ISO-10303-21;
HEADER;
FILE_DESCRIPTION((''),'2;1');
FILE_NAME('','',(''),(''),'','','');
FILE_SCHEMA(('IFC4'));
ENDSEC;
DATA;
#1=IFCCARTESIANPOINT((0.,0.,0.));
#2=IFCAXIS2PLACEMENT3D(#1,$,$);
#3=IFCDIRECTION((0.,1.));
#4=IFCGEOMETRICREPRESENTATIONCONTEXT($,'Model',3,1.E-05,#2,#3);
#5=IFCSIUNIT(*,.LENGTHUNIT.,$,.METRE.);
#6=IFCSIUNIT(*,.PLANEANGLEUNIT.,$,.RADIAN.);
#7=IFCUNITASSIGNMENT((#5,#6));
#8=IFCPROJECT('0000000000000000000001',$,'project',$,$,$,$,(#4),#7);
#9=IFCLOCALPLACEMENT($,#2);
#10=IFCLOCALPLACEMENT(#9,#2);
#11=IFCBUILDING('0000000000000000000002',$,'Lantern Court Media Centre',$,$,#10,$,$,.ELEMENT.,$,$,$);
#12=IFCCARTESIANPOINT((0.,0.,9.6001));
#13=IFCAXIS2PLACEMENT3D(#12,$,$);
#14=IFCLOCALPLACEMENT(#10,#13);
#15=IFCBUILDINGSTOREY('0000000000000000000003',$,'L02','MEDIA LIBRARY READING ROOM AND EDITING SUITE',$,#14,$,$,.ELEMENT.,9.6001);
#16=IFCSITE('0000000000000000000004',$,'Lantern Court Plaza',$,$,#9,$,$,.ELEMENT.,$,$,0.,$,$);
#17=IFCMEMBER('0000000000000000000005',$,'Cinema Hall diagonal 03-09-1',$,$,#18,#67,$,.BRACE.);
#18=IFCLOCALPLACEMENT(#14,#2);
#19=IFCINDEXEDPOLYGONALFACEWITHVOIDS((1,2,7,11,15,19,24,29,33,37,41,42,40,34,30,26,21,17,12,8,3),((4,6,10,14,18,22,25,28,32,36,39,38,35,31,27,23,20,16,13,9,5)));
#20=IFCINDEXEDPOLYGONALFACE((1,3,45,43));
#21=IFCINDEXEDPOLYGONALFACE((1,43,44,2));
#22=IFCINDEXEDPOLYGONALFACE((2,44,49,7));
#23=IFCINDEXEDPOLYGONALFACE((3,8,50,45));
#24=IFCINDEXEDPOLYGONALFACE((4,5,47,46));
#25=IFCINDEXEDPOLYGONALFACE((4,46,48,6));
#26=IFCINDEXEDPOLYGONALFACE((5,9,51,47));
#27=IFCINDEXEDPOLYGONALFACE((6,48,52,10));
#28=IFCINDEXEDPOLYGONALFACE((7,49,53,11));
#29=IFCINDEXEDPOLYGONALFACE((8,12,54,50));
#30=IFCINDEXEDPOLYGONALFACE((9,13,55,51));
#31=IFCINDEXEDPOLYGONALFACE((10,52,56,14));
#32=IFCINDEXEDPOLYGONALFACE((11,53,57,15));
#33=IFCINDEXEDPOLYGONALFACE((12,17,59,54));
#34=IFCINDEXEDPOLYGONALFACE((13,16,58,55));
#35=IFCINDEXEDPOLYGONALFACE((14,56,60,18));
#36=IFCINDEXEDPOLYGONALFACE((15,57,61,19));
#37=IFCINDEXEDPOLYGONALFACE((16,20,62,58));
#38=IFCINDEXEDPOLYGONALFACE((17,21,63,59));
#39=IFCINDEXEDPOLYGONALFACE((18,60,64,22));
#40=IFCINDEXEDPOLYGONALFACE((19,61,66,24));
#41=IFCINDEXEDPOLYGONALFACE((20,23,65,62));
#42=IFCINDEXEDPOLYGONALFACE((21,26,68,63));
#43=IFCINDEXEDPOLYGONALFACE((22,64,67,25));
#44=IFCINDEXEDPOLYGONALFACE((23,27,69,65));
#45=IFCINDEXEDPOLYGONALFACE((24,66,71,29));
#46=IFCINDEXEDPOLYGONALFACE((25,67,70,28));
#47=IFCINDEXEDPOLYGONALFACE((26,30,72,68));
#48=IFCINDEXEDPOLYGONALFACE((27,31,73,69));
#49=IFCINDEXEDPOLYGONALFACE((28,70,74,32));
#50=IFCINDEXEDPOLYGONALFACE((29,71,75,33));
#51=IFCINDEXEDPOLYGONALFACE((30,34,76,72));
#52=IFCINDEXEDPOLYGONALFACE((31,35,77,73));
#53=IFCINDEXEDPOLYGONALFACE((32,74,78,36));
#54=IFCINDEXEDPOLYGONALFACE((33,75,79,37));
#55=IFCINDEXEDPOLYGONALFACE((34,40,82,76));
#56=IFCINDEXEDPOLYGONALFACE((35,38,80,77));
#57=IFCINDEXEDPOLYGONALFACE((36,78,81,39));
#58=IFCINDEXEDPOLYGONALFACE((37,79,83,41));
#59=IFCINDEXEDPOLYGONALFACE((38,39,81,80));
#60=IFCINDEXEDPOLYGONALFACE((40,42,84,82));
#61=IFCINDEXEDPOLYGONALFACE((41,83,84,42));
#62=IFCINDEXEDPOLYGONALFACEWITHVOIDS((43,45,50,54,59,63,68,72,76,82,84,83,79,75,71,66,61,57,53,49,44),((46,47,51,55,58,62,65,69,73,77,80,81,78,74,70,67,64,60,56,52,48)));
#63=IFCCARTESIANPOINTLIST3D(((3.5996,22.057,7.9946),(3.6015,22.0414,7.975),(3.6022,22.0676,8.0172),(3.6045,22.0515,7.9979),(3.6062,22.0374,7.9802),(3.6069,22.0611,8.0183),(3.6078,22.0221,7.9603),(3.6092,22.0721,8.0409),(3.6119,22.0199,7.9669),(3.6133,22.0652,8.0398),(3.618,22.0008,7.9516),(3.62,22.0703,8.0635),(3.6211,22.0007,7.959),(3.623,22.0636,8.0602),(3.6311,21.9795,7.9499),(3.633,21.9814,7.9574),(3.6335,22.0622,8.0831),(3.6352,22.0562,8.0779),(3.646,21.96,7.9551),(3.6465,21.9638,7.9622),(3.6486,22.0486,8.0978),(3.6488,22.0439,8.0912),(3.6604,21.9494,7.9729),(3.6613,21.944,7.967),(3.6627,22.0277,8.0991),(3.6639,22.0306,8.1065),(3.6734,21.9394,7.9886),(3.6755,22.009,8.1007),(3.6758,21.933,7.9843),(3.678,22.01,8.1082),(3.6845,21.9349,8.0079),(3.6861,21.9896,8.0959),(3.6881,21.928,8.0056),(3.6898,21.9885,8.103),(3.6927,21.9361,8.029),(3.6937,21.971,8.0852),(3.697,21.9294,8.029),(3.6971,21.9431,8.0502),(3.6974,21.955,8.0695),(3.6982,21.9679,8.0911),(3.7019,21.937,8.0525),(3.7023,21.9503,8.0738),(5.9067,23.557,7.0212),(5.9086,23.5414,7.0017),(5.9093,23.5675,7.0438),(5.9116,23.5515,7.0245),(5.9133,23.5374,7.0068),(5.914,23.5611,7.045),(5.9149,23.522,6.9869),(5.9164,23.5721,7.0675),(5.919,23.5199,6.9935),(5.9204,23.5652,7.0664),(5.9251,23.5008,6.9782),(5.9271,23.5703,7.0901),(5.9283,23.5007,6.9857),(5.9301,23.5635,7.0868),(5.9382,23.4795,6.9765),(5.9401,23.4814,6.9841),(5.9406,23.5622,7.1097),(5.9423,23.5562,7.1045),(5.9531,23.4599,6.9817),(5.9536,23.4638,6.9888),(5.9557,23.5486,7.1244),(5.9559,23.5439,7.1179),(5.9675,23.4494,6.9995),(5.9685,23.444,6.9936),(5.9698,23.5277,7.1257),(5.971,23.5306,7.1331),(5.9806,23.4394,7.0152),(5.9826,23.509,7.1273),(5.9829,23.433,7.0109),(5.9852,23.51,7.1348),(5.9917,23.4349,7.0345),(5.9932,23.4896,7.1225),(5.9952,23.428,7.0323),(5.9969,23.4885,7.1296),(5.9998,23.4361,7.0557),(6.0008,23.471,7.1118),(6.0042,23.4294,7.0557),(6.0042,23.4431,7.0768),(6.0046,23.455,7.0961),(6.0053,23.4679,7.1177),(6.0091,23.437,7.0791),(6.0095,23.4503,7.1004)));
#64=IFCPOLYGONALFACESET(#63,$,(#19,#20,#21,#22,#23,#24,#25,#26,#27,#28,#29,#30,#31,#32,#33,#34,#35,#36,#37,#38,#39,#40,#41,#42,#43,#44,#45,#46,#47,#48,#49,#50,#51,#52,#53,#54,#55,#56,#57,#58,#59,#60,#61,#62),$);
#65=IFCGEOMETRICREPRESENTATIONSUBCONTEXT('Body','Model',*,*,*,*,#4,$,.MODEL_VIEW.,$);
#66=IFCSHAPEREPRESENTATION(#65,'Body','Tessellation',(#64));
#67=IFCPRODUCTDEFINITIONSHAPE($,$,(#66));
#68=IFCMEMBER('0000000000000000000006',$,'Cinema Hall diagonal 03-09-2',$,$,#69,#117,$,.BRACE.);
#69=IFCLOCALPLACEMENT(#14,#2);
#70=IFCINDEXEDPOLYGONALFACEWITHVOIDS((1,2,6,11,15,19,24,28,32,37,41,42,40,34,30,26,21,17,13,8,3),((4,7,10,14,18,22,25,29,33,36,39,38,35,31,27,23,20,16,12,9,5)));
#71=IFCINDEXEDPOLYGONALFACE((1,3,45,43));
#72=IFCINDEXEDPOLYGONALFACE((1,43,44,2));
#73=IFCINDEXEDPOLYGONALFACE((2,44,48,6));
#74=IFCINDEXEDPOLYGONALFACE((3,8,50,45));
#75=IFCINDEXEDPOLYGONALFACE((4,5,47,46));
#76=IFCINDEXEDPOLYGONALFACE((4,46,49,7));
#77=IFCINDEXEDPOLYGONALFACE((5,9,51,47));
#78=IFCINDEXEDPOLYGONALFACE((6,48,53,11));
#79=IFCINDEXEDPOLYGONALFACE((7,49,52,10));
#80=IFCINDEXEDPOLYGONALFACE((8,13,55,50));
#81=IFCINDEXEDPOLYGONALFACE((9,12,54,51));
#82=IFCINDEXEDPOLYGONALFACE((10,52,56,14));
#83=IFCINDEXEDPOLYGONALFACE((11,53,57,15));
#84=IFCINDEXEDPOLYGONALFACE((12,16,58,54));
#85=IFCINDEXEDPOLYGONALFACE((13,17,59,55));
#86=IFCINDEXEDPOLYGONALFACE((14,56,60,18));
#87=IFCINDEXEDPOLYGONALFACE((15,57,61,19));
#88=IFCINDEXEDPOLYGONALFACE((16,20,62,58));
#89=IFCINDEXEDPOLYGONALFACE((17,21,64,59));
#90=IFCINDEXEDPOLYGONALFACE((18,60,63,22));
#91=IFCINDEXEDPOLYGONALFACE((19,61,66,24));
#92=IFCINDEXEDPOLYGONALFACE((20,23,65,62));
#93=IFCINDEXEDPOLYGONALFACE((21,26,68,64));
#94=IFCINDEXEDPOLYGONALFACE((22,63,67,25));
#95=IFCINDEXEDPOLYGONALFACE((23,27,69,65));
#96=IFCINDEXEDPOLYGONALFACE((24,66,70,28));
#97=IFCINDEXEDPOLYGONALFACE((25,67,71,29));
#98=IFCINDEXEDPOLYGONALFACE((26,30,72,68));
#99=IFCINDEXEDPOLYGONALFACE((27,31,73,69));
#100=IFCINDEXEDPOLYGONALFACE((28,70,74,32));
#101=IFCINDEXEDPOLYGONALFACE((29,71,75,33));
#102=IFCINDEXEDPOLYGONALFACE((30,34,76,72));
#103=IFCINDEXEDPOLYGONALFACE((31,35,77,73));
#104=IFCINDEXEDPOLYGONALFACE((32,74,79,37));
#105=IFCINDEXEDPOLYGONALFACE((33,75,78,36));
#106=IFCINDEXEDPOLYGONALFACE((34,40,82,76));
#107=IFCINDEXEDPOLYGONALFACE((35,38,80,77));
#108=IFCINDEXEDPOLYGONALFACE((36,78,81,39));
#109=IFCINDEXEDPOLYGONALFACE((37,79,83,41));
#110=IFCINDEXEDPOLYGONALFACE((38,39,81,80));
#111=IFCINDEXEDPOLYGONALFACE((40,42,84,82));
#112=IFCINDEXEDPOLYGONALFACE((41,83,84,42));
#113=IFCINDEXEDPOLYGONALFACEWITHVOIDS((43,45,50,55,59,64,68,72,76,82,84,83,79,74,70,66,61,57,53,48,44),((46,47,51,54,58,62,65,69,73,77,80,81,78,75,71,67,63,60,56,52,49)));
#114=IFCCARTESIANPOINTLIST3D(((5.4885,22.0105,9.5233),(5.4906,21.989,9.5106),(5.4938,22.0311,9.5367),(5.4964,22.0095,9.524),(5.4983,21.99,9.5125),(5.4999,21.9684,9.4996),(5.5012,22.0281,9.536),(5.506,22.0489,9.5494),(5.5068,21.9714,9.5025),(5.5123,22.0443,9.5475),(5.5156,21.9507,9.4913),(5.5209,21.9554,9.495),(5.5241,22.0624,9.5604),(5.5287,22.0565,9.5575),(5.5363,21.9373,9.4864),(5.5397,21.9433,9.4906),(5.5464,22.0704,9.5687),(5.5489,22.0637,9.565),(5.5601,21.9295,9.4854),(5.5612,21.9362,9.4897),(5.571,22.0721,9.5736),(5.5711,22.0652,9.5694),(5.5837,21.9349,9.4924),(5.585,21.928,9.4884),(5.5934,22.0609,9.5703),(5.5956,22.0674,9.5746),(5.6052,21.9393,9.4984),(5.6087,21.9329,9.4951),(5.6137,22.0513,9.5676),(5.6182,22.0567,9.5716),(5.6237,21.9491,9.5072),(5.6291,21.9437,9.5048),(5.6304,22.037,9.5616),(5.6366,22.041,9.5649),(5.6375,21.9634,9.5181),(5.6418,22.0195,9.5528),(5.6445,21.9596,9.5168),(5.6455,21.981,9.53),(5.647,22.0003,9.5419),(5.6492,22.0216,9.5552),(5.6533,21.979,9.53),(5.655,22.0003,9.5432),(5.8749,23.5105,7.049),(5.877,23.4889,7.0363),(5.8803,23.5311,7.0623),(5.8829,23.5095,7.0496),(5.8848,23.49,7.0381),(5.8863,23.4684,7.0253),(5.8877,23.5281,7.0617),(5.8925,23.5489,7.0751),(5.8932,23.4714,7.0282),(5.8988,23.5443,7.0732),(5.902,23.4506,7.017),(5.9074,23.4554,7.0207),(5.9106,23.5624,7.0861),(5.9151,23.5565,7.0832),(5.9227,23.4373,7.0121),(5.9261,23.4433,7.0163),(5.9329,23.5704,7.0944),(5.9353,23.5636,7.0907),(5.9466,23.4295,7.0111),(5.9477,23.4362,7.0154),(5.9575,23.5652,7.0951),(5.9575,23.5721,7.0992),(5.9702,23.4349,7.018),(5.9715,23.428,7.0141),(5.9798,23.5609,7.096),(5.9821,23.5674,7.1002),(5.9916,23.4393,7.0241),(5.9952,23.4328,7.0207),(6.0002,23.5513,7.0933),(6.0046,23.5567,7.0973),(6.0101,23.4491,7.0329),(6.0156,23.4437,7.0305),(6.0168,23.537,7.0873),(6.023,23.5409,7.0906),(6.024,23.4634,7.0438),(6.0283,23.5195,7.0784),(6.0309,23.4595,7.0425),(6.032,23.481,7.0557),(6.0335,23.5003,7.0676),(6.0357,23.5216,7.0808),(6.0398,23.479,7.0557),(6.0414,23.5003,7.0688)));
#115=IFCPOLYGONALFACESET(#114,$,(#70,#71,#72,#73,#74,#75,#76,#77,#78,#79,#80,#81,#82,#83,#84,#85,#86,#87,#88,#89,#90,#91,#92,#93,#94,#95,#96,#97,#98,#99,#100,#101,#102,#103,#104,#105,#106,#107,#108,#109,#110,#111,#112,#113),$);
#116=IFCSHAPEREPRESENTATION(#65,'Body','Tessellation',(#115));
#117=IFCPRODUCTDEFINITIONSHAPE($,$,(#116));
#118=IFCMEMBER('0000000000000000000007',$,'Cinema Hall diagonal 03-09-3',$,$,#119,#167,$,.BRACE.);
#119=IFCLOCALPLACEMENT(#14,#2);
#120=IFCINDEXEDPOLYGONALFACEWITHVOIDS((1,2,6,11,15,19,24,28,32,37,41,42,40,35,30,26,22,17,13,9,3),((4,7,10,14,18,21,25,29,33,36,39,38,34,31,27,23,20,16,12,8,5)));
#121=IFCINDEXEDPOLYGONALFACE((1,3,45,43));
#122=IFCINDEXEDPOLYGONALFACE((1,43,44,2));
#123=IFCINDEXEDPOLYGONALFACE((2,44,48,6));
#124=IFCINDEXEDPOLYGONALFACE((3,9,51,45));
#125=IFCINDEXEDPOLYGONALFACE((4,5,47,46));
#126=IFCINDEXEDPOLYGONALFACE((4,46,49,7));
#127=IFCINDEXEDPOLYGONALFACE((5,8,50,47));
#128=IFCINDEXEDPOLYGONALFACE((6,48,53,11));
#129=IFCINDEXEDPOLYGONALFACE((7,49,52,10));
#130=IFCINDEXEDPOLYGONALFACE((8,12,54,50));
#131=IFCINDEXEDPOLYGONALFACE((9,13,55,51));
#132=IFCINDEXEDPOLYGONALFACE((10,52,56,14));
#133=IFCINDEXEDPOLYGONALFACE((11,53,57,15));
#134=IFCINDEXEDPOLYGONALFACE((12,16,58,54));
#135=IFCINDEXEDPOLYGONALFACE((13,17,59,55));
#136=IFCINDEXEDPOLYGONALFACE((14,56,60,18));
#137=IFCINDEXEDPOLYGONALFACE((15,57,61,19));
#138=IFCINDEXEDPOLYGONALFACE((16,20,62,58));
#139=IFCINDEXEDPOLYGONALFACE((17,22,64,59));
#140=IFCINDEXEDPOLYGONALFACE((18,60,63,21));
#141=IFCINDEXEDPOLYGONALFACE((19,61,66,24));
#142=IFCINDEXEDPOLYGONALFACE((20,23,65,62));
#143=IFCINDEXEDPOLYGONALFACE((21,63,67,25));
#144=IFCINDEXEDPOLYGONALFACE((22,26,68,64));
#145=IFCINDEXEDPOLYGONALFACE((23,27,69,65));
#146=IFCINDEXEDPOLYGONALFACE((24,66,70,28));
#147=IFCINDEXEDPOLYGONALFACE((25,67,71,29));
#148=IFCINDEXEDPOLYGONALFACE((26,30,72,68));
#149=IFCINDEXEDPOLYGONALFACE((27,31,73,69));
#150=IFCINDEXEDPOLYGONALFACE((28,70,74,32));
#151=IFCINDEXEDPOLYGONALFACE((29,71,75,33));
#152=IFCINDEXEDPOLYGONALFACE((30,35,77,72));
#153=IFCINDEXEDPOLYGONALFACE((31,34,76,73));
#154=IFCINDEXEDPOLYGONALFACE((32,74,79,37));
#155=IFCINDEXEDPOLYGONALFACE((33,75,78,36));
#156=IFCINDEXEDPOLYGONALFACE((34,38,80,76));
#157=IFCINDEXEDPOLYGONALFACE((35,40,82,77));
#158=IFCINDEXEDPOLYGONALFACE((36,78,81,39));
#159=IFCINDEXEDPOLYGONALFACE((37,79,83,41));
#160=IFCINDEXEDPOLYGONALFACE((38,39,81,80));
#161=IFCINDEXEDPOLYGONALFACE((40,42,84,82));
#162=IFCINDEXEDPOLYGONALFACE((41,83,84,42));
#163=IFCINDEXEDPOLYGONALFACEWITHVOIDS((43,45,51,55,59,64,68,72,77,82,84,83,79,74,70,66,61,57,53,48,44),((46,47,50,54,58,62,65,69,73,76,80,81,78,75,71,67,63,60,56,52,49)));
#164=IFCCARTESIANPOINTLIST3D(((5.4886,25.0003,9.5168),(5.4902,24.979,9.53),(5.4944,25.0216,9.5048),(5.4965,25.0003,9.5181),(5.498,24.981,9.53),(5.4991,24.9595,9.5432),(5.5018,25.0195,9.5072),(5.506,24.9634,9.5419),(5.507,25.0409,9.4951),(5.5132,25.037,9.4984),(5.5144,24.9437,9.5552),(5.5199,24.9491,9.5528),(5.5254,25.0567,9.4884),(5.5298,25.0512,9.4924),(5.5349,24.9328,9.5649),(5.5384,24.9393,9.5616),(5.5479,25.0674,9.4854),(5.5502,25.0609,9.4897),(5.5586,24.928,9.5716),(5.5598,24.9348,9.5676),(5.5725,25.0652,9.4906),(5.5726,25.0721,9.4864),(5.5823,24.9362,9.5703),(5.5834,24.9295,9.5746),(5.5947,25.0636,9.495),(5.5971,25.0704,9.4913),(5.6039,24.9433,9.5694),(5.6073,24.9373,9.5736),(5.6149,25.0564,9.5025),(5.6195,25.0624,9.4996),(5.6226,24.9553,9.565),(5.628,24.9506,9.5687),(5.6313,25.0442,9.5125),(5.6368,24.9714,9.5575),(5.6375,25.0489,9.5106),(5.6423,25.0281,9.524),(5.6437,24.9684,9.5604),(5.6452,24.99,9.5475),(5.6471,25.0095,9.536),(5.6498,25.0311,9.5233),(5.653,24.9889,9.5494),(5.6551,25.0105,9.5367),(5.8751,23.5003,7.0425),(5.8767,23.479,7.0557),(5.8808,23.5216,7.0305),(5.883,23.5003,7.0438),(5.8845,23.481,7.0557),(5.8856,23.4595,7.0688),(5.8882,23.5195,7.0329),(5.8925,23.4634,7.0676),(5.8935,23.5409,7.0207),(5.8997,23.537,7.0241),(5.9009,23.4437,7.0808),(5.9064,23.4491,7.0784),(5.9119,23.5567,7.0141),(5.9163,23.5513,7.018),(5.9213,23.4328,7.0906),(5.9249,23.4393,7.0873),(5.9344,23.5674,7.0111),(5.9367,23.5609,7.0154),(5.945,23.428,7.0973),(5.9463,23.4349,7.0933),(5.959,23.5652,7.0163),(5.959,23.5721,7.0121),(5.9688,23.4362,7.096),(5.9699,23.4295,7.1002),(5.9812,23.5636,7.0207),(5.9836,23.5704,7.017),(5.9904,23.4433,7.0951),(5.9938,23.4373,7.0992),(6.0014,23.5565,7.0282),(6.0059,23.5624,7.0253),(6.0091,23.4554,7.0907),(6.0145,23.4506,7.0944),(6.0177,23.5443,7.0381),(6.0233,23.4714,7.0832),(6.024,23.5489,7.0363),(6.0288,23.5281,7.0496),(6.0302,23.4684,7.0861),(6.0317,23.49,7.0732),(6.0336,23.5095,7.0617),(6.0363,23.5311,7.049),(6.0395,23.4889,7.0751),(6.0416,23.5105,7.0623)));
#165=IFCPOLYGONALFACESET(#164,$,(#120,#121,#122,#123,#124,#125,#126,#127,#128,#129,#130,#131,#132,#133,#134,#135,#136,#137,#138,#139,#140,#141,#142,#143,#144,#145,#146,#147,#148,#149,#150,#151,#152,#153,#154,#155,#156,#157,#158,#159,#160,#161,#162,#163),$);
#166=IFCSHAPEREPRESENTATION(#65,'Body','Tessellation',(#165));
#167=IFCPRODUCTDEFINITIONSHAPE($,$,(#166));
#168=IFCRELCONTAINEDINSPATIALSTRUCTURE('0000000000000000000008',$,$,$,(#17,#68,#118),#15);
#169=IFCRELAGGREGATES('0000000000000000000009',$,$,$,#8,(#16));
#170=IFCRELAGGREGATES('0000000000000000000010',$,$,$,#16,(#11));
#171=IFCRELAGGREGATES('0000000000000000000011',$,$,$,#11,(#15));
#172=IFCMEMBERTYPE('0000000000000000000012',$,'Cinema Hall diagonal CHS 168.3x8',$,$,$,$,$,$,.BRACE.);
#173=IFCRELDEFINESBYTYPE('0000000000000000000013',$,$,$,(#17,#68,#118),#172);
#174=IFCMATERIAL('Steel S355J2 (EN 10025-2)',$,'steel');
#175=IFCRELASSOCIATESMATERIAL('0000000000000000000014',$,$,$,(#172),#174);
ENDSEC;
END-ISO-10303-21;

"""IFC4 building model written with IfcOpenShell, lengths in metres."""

from ifc_helpers import new_model, si_unit, direction, frame, origin, origin_2d, place, context, subcontext, project, spatial, hollow_circle, extrude, material, material_profile, profile_set, type_object, element, save


model = new_model("IFC4")

# Units and contexts
model_context = context("Model", 3, precision=1e-05, world=origin(), true_north=direction((0.0, 1.0)))
body_context = subcontext(model_context, "Body", "Model", "MODEL_VIEW")
ifc_project = project(units=[si_unit("LENGTHUNIT", "METRE"), si_unit("PLANEANGLEUNIT", "RADIAN")], contexts=[model_context])

# Site, building, storey
site_placement = place(None, origin())
site = spatial("IfcSite", under=ifc_project, at=site_placement, Name="Lantern Court Plaza", CompositionType="ELEMENT", RefElevation=0.0)
building_placement = place(site_placement, origin())
building = spatial("IfcBuilding", under=site, at=building_placement, Name="Lantern Court Media Centre", CompositionType="ELEMENT")
storey_placement = place(building_placement, frame((0.0, 0.0, 9.6001)))
storey = spatial("IfcBuildingStorey", under=building, at=storey_placement, Name="L02", Description="MEDIA LIBRARY READING ROOM AND EDITING SUITE", CompositionType="ELEMENT", Elevation=9.6001)

# Members
ifc_material = material(Name="Steel S355J2 (EN 10025-2)", Category="steel")
ifc_material_profile_1 = material_profile(ifc_material, hollow_circle(Radius=0.0842, WallThickness=0.0081, at=origin_2d()), Name="Cinema Hall diagonal CHS 168.3x8")
ifc_profile_set_1 = profile_set([ifc_material_profile_1], Name="Steel S355J2 (EN 10025-2)")
member_type_1 = type_object("IfcMemberType", Name="Cinema Hall diagonal CHS 168.3x8", PredefinedType="BRACE", material=ifc_profile_set_1)
member_1_placement = place(storey_placement, frame((5.9583, 23.5, 7.0557), z_axis=(-0.790394, -0.513882, 0.333471), x_axis=(0.545082, -0.838383, 0.0)))
element("IfcMember", 1, at=member_1_placement, inside=storey, type_object=member_type_1, Name="Cinema Hall diagonal 03-09-1", PredefinedType="BRACE", context=body_context, shape_type="SweptSolid", body=[
    extrude(hollow_circle(Radius=0.0842, WallThickness=0.0081, at=origin_2d()), origin(), (0.0, 0.0, 1.0), 2.9189),
])
for number, where, z_axis, x_axis, name in (
    (2, (5.9583, 23.5, 7.0557), (-0.13239, -0.513836, 0.847612), (0.968374, -0.249501, 0.0), "Cinema Hall diagonal 03-09-2"),
    (3, (5.9583, 23.5, 7.0557), (-0.13239, 0.513836, 0.847612), (-0.968374, -0.249501, 0.0), "Cinema Hall diagonal 03-09-3"),
):
    element("IfcMember", number, at=place(storey_placement, frame(where, z_axis=z_axis, x_axis=x_axis)), inside=storey, type_object=member_type_1, Name=name, PredefinedType="BRACE", context=body_context, shape_type="SweptSolid", body=[
        extrude(hollow_circle(Radius=0.0842, WallThickness=0.0081, at=origin_2d()), origin(), (0.0, 0.0, 1.0), 2.9192),
    ])

save(model, "model.ifc")
